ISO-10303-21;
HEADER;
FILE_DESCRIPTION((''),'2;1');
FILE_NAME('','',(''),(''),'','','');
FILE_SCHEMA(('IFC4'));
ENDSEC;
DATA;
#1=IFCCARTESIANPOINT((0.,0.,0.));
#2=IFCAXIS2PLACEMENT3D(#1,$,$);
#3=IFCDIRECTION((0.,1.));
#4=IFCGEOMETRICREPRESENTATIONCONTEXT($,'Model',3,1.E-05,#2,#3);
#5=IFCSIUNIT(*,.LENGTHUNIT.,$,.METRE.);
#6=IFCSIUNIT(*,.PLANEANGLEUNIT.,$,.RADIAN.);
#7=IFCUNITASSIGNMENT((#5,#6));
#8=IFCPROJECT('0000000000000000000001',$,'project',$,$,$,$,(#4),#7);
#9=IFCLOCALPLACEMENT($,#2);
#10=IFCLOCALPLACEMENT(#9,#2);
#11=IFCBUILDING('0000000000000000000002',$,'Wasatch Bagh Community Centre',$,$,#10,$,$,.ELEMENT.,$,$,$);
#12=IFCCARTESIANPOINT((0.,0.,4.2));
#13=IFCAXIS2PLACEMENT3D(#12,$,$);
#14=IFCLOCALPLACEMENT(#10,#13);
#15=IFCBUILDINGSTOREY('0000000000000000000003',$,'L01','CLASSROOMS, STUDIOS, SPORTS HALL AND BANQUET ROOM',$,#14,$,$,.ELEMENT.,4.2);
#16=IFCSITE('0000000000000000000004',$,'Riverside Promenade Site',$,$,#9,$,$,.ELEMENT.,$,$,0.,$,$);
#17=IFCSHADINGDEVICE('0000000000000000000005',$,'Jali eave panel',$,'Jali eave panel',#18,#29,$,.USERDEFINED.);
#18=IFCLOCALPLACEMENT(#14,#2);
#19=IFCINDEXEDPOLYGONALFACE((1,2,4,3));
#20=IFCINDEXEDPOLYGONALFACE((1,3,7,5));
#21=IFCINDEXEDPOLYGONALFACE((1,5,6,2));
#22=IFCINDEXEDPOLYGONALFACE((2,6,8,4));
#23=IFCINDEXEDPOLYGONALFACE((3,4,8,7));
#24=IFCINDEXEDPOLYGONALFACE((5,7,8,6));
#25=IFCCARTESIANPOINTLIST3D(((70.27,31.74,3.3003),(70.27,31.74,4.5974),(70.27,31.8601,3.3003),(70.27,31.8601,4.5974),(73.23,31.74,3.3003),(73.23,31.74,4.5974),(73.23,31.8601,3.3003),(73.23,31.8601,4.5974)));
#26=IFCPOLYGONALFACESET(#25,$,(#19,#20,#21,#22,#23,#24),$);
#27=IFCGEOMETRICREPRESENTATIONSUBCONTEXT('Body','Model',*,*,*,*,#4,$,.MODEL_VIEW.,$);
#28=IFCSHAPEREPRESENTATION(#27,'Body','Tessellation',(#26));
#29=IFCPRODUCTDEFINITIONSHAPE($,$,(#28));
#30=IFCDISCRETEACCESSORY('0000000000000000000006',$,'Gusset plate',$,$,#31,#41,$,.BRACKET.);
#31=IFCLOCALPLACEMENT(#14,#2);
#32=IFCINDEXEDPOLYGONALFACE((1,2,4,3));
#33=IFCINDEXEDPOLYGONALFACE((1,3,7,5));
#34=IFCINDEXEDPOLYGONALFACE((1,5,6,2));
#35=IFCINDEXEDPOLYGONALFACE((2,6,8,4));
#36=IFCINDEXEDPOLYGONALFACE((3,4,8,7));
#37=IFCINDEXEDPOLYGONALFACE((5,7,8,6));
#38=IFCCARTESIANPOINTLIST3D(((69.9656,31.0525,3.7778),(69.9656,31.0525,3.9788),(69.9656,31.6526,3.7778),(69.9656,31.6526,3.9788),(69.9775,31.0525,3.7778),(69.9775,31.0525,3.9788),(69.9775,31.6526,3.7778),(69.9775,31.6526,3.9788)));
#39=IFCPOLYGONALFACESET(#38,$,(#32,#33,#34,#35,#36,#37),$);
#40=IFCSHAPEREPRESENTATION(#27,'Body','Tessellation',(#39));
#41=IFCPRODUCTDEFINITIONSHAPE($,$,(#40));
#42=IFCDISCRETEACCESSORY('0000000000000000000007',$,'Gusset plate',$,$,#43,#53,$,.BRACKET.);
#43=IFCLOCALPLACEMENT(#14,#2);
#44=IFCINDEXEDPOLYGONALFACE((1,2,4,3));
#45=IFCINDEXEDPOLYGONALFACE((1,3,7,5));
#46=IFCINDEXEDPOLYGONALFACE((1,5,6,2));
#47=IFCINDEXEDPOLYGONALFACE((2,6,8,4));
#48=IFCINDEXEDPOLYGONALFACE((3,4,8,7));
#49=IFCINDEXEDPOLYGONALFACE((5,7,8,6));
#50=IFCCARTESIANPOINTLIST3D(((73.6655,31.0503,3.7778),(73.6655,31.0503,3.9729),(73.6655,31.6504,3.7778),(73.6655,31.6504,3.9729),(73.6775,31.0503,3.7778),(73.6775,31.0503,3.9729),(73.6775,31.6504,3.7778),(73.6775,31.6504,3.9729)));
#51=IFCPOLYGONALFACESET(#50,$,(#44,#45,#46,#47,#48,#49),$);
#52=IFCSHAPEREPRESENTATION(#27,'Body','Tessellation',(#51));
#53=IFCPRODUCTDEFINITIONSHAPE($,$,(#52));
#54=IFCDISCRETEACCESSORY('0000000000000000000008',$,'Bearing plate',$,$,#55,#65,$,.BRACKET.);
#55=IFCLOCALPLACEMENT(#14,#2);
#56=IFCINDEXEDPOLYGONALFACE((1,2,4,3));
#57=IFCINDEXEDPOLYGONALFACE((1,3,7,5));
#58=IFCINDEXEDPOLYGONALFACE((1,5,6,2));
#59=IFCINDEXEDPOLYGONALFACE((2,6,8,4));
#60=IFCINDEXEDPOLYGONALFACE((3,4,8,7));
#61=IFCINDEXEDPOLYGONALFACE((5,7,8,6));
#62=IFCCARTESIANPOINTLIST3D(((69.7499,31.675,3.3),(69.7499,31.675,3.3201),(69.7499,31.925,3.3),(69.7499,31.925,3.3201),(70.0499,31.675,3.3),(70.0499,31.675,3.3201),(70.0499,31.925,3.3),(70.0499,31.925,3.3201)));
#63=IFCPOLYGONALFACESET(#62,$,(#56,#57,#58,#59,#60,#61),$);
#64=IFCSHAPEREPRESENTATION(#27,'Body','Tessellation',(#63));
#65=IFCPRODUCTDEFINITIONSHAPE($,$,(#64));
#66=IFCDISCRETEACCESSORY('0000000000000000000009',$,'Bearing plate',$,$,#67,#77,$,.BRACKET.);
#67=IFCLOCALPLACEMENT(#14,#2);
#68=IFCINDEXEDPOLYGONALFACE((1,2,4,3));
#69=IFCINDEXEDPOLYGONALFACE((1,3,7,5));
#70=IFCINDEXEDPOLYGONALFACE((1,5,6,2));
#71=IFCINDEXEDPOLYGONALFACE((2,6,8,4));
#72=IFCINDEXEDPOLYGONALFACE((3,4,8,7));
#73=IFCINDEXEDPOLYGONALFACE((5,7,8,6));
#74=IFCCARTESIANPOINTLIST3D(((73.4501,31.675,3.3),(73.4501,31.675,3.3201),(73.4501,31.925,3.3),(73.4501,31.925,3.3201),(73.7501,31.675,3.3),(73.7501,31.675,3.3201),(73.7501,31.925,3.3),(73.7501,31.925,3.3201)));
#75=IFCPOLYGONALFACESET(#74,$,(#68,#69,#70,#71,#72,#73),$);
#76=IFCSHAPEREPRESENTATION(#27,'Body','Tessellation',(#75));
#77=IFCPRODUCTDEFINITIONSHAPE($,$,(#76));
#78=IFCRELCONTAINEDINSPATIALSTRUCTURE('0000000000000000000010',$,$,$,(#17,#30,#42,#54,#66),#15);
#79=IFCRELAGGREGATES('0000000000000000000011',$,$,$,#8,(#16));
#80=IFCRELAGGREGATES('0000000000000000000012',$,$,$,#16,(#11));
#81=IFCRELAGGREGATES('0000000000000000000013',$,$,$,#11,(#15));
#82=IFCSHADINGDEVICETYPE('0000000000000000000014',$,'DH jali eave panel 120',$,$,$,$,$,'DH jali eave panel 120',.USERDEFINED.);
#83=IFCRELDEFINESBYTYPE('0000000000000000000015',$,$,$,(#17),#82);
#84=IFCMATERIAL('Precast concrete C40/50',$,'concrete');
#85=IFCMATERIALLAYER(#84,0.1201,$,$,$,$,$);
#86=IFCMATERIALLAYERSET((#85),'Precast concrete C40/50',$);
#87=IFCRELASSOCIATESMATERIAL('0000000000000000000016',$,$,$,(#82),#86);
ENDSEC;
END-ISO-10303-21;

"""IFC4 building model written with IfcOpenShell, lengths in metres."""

from ifc_helpers import new_model, si_unit, direction, frame, origin, origin_2d, place, context, subcontext, project, spatial, polyline, rectangle, outline, extrude, material, layer, layer_set, type_object, element, save


model = new_model("IFC4")

# Units and contexts
model_context = context("Model", 3, precision=1e-05, world=origin(), true_north=direction((0.0, 1.0)))
body_context = subcontext(model_context, "Body", "Model", "MODEL_VIEW")
ifc_project = project(units=[si_unit("LENGTHUNIT", "METRE"), si_unit("PLANEANGLEUNIT", "RADIAN")], contexts=[model_context])

# Site, building, storey
site_placement = place(None, origin())
site = spatial("IfcSite", under=ifc_project, at=site_placement, Name="Riverside Promenade Site", CompositionType="ELEMENT", RefElevation=0.0)
building_placement = place(site_placement, origin())
building = spatial("IfcBuilding", under=site, at=building_placement, Name="Wasatch Bagh Community Centre", CompositionType="ELEMENT")
storey_placement = place(building_placement, frame((0.0, 0.0, 4.2)))
storey = spatial("IfcBuildingStorey", under=building, at=storey_placement, Name="L01", Description="CLASSROOMS, STUDIOS, SPORTS HALL AND BANQUET ROOM", CompositionType="ELEMENT", Elevation=4.2)

# Shading device
ifc_material_1 = material(Name="Precast concrete C40/50", Category="concrete")
ifc_layer_1 = layer(ifc_material_1, 0.1201)
ifc_layer_set_1 = layer_set([ifc_layer_1], Name="Precast concrete C40/50")
shading_device_type = type_object("IfcShadingDeviceType", Name="DH jali eave panel 120", ElementType="DH jali eave panel 120", PredefinedType="USERDEFINED", material=ifc_layer_set_1)
shading_device_1_placement = place(storey_placement, frame((71.75, 31.8, 3.3003), z_axis=(0.0, 0.0, 1.0), x_axis=(1.0, 0.0, 0.0)))
element("IfcShadingDevice", 1, at=shading_device_1_placement, inside=storey, type_object=shading_device_type, Name="Jali eave panel", ObjectType="Jali eave panel", PredefinedType="USERDEFINED", context=body_context, shape_type="SweptSolid", body=[
    extrude(rectangle(XDim=2.96, YDim=0.1201, at=origin_2d()), origin(), (0.0, 0.0, 1.0), 1.2971),
])

# Discrete accessories
discrete_accessory_1_placement = place(storey_placement, frame((69.9775, 31.0525, 3.7778), z_axis=(1.0, 0.0, 0.0), x_axis=(0.0, 1.0, 0.0)))
element("IfcDiscreteAccessory", 2, at=discrete_accessory_1_placement, inside=storey, Name="Gusset plate", PredefinedType="BRACKET", context=body_context, shape_type="SweptSolid", body=[
    extrude(outline(polyline([(0.0, 0.0), (0.6001, 0.0), (0.6001, 0.2009), (0.0, 0.2009), (0.0, 0.0)])), origin(), (0.0, 0.0, -1.0), 0.012),
])
discrete_accessory_2_placement = place(storey_placement, frame((73.6775, 31.0503, 3.7778), z_axis=(1.0, 0.0, 0.0), x_axis=(0.0, 1.0, 0.0)))
element("IfcDiscreteAccessory", 3, at=discrete_accessory_2_placement, inside=storey, Name="Gusset plate", PredefinedType="BRACKET", context=body_context, shape_type="SweptSolid", body=[
    extrude(outline(polyline([(0.0, 0.0), (0.6001, 0.0), (0.6001, 0.1951), (0.0, 0.1951), (0.0, 0.0)])), origin(), (0.0, 0.0, -1.0), 0.012),
])
for number, where, z_axis, x_axis, name in (
    (4, (69.8999, 31.8, 3.3), (0.0, 0.0, 1.0), (1.0, 0.0, 0.0), "Bearing plate"),
    (5, (73.6001, 31.8, 3.3), (0.0, 0.0, 1.0), (1.0, 0.0, 0.0), "Bearing plate"),
):
    element("IfcDiscreteAccessory", number, at=place(storey_placement, frame(where, z_axis=z_axis, x_axis=x_axis)), inside=storey, Name=name, PredefinedType="BRACKET", context=body_context, shape_type="SweptSolid", body=[
        extrude(rectangle(XDim=0.3, YDim=0.25, at=origin_2d()), origin(), (0.0, 0.0, 1.0), 0.02),
    ])

save(model, "model.ifc")
